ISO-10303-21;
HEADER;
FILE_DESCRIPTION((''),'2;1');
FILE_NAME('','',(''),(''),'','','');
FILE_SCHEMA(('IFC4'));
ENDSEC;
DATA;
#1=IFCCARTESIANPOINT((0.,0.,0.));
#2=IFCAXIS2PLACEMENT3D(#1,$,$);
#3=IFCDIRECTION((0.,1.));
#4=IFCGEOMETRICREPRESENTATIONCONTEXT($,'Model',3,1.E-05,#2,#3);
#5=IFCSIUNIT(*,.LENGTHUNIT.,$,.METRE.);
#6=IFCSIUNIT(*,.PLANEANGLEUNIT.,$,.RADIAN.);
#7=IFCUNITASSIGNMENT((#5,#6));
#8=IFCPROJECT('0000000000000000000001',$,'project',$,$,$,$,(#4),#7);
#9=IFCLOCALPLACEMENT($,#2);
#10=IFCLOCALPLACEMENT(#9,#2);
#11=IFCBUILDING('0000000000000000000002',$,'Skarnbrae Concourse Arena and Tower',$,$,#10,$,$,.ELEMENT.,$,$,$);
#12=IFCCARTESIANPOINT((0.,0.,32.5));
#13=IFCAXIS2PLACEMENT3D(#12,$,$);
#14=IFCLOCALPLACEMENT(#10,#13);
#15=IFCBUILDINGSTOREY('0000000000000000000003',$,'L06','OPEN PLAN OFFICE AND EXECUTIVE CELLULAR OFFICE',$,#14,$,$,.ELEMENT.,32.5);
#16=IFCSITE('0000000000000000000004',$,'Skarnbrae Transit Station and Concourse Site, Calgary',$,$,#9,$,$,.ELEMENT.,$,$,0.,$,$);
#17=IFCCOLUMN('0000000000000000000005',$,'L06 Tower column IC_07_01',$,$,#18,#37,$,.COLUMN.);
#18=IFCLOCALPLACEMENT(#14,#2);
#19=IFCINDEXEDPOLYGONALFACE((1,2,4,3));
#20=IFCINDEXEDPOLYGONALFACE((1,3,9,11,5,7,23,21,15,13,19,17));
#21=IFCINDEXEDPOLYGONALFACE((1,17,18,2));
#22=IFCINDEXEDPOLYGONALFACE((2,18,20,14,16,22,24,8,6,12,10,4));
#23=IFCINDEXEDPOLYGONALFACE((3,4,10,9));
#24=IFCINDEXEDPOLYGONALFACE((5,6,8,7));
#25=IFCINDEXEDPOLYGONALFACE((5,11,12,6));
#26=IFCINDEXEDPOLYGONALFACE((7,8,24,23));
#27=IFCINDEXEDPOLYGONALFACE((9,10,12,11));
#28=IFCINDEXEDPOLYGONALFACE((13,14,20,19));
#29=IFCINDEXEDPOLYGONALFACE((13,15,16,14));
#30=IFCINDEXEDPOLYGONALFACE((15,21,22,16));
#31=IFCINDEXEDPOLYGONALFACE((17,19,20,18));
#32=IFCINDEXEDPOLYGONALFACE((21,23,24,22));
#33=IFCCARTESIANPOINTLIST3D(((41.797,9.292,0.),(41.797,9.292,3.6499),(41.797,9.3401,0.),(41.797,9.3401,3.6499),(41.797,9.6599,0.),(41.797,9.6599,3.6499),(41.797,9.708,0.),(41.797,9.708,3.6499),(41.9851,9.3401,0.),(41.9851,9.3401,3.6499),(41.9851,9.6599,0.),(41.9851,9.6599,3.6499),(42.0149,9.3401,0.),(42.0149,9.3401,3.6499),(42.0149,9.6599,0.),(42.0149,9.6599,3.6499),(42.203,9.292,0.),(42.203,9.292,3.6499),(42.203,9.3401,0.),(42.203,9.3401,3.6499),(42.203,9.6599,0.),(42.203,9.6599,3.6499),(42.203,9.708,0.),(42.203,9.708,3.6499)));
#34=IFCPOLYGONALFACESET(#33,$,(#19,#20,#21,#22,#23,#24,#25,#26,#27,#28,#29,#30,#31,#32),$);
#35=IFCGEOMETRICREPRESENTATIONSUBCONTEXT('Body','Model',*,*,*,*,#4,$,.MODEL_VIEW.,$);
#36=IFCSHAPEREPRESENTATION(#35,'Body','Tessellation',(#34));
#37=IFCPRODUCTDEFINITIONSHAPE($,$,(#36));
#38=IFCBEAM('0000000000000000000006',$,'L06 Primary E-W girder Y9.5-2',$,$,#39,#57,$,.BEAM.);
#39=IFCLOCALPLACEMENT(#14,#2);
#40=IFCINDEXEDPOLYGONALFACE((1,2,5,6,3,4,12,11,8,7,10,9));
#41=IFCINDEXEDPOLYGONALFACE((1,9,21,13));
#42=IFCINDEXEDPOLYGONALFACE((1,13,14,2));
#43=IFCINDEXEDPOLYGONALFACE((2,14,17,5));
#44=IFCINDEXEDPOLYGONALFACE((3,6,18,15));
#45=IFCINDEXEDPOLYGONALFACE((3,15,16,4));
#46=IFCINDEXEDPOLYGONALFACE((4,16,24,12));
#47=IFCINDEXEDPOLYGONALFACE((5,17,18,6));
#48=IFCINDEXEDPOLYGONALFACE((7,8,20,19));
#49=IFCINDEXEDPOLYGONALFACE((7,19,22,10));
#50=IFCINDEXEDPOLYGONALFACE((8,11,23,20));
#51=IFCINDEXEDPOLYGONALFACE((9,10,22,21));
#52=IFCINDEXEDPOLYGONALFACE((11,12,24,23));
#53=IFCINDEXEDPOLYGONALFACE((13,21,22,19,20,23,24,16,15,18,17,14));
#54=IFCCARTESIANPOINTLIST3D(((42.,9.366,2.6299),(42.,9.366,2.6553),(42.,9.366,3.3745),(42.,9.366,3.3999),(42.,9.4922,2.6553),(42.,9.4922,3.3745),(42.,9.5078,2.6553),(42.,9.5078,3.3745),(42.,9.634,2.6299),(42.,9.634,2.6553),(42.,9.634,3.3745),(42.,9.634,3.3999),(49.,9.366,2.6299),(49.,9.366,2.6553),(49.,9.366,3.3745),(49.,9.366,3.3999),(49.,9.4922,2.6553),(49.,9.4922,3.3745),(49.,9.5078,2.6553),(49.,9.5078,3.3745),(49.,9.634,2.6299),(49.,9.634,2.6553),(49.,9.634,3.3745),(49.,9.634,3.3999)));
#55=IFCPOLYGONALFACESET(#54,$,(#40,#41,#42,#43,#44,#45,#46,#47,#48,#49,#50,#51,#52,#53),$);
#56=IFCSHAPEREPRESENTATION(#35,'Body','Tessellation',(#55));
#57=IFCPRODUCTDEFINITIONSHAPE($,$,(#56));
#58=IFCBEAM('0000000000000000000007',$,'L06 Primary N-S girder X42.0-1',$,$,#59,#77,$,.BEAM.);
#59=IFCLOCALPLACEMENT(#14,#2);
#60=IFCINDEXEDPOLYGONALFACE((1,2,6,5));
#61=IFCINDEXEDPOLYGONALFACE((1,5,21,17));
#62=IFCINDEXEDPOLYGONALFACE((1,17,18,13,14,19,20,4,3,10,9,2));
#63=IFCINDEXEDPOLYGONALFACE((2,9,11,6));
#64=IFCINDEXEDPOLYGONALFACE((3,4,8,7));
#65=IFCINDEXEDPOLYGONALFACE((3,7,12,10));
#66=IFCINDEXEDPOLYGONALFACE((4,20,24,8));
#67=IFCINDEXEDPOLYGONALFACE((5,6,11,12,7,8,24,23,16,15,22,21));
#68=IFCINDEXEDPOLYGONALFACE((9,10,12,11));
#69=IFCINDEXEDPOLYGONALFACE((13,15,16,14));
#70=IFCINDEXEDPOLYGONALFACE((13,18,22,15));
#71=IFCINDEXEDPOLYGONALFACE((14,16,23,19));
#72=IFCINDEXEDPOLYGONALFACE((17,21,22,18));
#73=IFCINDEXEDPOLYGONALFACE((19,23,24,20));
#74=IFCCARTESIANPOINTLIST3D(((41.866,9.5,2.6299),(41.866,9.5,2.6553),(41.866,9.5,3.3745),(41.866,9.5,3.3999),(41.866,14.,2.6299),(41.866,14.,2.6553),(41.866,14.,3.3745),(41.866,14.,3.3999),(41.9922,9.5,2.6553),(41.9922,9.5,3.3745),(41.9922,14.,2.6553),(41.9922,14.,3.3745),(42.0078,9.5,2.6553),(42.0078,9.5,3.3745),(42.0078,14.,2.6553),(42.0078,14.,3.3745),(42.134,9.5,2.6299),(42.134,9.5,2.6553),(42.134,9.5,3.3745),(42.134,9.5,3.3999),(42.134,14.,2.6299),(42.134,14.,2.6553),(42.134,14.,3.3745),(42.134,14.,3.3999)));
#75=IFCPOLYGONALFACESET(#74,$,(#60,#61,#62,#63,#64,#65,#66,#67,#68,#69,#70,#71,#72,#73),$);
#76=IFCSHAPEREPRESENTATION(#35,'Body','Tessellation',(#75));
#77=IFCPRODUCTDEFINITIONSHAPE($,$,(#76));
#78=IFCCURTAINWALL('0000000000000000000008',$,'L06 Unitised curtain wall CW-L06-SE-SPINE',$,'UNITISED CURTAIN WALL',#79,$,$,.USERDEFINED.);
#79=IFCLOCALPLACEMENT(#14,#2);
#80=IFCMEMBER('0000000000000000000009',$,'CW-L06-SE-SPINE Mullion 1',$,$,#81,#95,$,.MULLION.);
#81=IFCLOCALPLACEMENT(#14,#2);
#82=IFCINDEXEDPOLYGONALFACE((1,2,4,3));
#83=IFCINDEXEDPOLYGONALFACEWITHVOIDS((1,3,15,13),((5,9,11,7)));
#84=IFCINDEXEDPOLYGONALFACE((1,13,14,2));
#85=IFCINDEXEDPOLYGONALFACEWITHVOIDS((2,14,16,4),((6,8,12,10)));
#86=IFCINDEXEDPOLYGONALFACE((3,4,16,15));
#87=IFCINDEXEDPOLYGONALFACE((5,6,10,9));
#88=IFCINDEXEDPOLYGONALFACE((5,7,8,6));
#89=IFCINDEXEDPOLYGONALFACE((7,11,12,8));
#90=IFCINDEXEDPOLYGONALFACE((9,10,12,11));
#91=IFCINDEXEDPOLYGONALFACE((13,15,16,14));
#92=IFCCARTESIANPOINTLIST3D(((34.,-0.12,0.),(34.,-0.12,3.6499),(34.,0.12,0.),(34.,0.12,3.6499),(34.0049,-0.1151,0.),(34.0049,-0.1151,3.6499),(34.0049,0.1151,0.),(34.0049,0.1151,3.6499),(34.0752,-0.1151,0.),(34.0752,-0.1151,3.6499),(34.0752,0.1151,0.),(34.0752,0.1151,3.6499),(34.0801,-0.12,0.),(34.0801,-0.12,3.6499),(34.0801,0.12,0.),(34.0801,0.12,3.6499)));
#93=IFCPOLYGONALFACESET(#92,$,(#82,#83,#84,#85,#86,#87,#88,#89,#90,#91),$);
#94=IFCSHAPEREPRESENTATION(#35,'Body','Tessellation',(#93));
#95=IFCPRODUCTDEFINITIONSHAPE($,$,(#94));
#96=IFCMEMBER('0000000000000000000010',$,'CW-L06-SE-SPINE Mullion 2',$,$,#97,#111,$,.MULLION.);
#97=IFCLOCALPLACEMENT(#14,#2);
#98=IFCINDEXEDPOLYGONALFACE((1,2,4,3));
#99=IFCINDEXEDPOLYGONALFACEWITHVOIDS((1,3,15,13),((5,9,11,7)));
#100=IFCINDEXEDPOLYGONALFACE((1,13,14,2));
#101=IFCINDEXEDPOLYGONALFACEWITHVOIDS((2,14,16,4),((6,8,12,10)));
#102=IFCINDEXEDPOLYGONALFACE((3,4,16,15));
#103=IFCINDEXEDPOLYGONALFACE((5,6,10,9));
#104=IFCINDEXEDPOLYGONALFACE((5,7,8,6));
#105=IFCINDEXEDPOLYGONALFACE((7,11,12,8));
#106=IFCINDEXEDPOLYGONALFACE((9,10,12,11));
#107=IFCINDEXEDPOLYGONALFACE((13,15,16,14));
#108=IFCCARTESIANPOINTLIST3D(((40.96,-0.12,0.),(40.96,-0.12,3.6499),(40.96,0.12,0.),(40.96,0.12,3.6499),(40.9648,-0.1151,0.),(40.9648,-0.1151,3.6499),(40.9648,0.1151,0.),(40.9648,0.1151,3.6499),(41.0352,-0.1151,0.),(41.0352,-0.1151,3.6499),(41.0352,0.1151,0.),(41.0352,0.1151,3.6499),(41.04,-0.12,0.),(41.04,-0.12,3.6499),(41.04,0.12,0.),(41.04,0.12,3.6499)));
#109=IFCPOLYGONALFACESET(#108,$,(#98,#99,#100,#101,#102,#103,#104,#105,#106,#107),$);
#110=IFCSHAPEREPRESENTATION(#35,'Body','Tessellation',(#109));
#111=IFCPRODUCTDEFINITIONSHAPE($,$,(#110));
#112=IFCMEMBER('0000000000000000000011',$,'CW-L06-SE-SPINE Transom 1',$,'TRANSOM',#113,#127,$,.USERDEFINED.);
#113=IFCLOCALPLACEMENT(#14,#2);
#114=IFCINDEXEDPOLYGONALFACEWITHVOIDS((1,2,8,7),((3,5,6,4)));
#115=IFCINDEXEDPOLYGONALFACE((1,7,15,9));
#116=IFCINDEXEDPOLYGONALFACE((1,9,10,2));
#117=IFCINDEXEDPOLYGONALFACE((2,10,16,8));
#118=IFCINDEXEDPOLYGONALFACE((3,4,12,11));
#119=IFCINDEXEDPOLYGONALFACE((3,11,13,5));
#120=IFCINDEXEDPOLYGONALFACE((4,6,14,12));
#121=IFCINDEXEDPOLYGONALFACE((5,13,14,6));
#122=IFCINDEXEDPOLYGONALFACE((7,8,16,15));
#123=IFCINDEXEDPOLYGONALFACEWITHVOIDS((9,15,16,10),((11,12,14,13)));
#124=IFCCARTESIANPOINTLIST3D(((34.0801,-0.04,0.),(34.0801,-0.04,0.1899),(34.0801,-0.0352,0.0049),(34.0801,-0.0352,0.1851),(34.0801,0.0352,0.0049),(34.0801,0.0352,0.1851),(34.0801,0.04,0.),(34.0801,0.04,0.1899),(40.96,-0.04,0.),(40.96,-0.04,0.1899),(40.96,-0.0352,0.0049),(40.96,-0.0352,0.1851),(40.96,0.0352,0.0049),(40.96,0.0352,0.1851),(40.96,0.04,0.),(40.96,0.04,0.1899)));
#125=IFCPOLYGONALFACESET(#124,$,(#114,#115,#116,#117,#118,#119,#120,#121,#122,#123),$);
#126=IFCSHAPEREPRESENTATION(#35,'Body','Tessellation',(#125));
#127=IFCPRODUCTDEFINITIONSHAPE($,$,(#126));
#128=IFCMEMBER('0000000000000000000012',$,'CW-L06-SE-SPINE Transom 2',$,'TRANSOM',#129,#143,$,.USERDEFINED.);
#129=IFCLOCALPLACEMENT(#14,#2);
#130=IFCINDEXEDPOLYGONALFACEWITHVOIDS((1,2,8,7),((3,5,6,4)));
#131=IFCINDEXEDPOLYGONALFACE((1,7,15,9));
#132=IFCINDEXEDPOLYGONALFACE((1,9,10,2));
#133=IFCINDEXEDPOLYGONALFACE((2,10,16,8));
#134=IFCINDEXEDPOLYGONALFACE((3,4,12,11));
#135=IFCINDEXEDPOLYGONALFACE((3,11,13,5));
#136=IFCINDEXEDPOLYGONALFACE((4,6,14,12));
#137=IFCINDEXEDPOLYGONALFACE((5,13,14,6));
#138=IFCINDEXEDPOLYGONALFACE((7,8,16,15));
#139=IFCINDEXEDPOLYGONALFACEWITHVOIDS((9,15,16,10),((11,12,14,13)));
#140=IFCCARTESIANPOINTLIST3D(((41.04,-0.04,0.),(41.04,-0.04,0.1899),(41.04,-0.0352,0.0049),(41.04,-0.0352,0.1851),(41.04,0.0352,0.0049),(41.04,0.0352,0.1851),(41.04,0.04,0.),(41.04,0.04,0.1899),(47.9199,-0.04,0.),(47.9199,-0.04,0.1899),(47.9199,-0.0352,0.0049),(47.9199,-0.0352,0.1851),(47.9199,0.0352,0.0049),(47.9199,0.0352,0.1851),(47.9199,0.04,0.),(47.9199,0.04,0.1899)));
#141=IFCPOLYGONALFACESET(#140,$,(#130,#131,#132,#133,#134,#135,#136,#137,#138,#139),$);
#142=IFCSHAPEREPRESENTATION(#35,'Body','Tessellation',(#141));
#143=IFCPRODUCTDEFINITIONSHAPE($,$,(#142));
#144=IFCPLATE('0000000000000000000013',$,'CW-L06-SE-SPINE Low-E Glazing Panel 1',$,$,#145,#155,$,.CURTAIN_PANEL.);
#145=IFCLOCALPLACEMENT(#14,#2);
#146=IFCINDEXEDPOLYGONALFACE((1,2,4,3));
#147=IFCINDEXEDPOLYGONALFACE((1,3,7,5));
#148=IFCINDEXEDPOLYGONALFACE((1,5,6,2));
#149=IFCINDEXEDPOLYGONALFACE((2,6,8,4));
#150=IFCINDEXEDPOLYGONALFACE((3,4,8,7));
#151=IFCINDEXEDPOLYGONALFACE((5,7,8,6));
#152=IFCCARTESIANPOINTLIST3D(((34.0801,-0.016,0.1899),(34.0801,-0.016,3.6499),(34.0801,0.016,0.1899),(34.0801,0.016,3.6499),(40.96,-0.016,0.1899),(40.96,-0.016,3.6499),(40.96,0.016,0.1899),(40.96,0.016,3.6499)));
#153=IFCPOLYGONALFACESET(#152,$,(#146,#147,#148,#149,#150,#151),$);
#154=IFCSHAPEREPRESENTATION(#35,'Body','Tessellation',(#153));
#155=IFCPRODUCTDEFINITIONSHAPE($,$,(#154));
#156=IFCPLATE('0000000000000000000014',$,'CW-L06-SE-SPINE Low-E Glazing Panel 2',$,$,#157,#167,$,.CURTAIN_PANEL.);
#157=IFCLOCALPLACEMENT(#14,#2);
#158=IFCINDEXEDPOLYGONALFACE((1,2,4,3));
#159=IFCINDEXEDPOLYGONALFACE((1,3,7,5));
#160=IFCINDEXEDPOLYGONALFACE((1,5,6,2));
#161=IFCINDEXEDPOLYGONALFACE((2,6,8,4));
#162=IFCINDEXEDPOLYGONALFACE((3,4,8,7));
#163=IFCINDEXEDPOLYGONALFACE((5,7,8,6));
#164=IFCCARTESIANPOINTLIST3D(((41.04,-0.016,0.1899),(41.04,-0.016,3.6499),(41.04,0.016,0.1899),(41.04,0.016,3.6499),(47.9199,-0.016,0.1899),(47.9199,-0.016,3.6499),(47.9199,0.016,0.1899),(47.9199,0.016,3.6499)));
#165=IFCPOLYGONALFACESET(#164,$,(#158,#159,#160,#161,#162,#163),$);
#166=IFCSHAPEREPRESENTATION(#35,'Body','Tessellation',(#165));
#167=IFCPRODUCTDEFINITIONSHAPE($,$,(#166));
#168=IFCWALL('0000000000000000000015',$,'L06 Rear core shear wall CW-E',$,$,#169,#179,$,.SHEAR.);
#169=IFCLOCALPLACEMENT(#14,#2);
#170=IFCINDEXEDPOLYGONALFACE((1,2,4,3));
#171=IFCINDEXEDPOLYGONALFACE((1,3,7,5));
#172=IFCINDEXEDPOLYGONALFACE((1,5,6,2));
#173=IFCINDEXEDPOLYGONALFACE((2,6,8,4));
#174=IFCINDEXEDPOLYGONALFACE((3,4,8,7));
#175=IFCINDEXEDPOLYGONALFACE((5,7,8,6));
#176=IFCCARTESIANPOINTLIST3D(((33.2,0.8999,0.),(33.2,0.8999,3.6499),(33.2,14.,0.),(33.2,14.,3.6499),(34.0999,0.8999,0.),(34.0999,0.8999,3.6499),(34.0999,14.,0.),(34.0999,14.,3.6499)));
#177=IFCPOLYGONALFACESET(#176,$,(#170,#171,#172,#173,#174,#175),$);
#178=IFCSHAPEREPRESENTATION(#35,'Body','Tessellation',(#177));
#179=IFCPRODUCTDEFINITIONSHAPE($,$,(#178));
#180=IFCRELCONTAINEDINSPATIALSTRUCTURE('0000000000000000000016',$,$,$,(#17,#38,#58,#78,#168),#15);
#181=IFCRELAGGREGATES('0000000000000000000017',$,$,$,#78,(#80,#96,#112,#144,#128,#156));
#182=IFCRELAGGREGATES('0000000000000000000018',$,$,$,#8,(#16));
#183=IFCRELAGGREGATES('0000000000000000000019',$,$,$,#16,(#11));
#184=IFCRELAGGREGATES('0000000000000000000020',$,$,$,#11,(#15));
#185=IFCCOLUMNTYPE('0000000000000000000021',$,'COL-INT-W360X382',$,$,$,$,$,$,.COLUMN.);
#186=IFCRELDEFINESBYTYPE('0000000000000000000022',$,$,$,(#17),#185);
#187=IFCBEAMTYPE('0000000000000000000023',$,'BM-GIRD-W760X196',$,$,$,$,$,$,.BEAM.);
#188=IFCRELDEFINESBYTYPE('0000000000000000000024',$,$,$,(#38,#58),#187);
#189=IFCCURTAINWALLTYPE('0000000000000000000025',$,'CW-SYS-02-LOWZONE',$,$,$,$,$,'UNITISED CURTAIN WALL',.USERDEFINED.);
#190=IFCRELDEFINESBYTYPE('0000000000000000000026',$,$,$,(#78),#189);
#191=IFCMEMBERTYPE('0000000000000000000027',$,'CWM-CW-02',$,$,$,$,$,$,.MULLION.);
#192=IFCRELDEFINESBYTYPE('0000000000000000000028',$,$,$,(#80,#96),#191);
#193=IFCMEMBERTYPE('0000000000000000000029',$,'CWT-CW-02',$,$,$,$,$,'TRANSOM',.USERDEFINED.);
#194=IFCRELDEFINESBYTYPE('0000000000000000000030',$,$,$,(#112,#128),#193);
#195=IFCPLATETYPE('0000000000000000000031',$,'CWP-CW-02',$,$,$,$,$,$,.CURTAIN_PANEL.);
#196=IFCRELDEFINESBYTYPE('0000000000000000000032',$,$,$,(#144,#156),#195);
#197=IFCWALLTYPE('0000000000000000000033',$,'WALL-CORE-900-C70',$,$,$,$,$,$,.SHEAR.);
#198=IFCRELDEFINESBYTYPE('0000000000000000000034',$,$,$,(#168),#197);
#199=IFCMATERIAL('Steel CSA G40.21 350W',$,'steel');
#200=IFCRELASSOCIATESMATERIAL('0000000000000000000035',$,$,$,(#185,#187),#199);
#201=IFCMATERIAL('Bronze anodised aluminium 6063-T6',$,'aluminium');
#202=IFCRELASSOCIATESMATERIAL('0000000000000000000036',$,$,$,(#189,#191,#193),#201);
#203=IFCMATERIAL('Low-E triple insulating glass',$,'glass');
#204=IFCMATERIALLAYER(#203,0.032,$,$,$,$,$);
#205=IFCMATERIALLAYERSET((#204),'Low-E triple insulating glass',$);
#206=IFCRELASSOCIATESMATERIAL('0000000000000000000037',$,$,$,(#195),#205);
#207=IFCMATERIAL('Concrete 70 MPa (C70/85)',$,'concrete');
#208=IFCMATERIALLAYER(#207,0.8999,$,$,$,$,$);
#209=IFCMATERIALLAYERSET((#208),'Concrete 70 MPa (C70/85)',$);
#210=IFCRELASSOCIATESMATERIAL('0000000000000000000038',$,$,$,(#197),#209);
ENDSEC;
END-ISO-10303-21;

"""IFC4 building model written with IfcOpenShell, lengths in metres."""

from ifc_helpers import new_model, si_unit, direction, frame, frame_2d, origin, origin_2d, place, context, subcontext, project, spatial, rectangle, hollow_rectangle, i_section, extrude, source, transform, mapped, material, layer, layer_set, material_profile, profile_set, type_object, element, aggregate, save


model = new_model("IFC4")

# Units and contexts
model_context = context("Model", 3, precision=1e-05, world=origin(), true_north=direction((0.0, 1.0)))
body_context = subcontext(model_context, "Body", "Model", "MODEL_VIEW")
ifc_project = project(units=[si_unit("LENGTHUNIT", "METRE"), si_unit("PLANEANGLEUNIT", "RADIAN")], contexts=[model_context])

# Site, building, storey
site_placement = place(None, origin())
site = spatial("IfcSite", under=ifc_project, at=site_placement, Name="Skarnbrae Transit Station and Concourse Site, Calgary", CompositionType="ELEMENT", RefElevation=0.0)
building_placement = place(site_placement, origin())
building = spatial("IfcBuilding", under=site, at=building_placement, Name="Skarnbrae Concourse Arena and Tower", CompositionType="ELEMENT")
storey_placement = place(building_placement, frame((0.0, 0.0, 32.5)))
storey = spatial("IfcBuildingStorey", under=building, at=storey_placement, Name="L06", Description="OPEN PLAN OFFICE AND EXECUTIVE CELLULAR OFFICE", CompositionType="ELEMENT", Elevation=32.5)

# Column
ifc_material_1 = material(Name="Steel CSA G40.21 350W", Category="steel")
ifc_material_profile_1 = material_profile(ifc_material_1, i_section(OverallWidth=0.406, OverallDepth=0.416, WebThickness=0.0298, FlangeThickness=0.0481, at=origin_2d()), Name="W360X382")
ifc_profile_set_1 = profile_set([ifc_material_profile_1], Name="Steel CSA G40.21 350W")
column_type = type_object("IfcColumnType", Name="COL-INT-W360X382", PredefinedType="COLUMN", material=ifc_profile_set_1)
shared_shape_1 = source(origin(), body_context, "Body", "SweptSolid", [
    extrude(i_section(OverallWidth=0.406, OverallDepth=0.416, WebThickness=0.0298, FlangeThickness=0.0481, at=origin_2d()), origin(), (0.0, 0.0, 1.0), 3.6499),
])
column_placement = place(storey_placement, frame((42.0, 9.5, 0.0), z_axis=(0.0, 0.0, 1.0), x_axis=(1.0, 0.0, 0.0)))
element("IfcColumn", 1, at=column_placement, inside=storey, type_object=column_type, Name="L06 Tower column IC_07_01", PredefinedType="COLUMN", context=body_context, shape_type="MappedRepresentation", body=[
    mapped(shared_shape_1, transform((0.0, 0.0, 0.0))),
])

# Beams
ifc_material_profile_2 = material_profile(ifc_material_1, i_section(OverallWidth=0.2681, OverallDepth=0.77, WebThickness=0.0156, FlangeThickness=0.0254, at=origin_2d()), Name="W760X196")
ifc_profile_set_2 = profile_set([ifc_material_profile_2], Name="Steel CSA G40.21 350W")
beam_type = type_object("IfcBeamType", Name="BM-GIRD-W760X196", PredefinedType="BEAM", material=ifc_profile_set_2)
shared_shape_2 = source(origin(), body_context, "Body", "SweptSolid", [
    extrude(i_section(OverallWidth=0.2681, OverallDepth=0.77, WebThickness=0.0156, FlangeThickness=0.0254, at=origin_2d()), origin(), (0.0, 0.0, 1.0), 7.0),
])
beam_1_placement = place(storey_placement, frame((42.0, 9.5, 3.0149), z_axis=(1.0, 0.0, 0.0), x_axis=(0.0, 1.0, 0.0)))
element("IfcBeam", 2, at=beam_1_placement, inside=storey, type_object=beam_type, Name="L06 Primary E-W girder Y9.5-2", PredefinedType="BEAM", context=body_context, shape_type="MappedRepresentation", body=[
    mapped(shared_shape_2, transform((0.0, 0.0, 0.0))),
])
shared_shape_3 = source(origin(), body_context, "Body", "SweptSolid", [
    extrude(i_section(OverallWidth=0.2681, OverallDepth=0.77, WebThickness=0.0156, FlangeThickness=0.0254, at=origin_2d()), origin(), (0.0, 0.0, 1.0), 4.5),
])
beam_2_placement = place(storey_placement, frame((42.0, 9.5, 3.0149), z_axis=(0.0, 1.0, 0.0), x_axis=(-1.0, 0.0, 0.0)))
element("IfcBeam", 3, at=beam_2_placement, inside=storey, type_object=beam_type, Name="L06 Primary N-S girder X42.0-1", PredefinedType="BEAM", context=body_context, shape_type="MappedRepresentation", body=[
    mapped(shared_shape_3, transform((0.0, 0.0, 0.0))),
])

# Curtain wall, members, plates
ifc_material_2 = material(Name="Bronze anodised aluminium 6063-T6", Category="aluminium")
curtain_wall_type = type_object("IfcCurtainWallType", Name="CW-SYS-02-LOWZONE", ElementType="UNITISED CURTAIN WALL", PredefinedType="USERDEFINED", material=ifc_material_2)
curtain_wall_placement = place(storey_placement, origin())
curtain_wall = element("IfcCurtainWall", 4, at=curtain_wall_placement, inside=storey, type_object=curtain_wall_type, Name="L06 Unitised curtain wall CW-L06-SE-SPINE", ObjectType="UNITISED CURTAIN WALL", PredefinedType="USERDEFINED")
ifc_material_profile_3 = material_profile(ifc_material_2, hollow_rectangle(XDim=0.0801, YDim=0.24, WallThickness=0.0049, at=origin_2d()), Name="ALU-MULL-80X240")
ifc_profile_set_3 = profile_set([ifc_material_profile_3], Name="Bronze anodised aluminium 6063-T6")
member_type_1 = type_object("IfcMemberType", Name="CWM-CW-02", PredefinedType="MULLION", material=ifc_profile_set_3)
shared_shape_4 = source(origin(), body_context, "Body", "SweptSolid", [
    extrude(hollow_rectangle(XDim=0.0801, YDim=0.24, WallThickness=0.0049, at=origin_2d()), origin(), (0.0, 0.0, 1.0), 3.6499),
])
member_1_placement = place(storey_placement, frame((34.04, 0.0, 0.0), z_axis=(0.0, 0.0, 1.0), x_axis=(1.0, 0.0, 0.0)))
member_1 = element("IfcMember", 5, at=member_1_placement, type_object=member_type_1, Name="CW-L06-SE-SPINE Mullion 1", PredefinedType="MULLION", context=body_context, shape_type="MappedRepresentation", body=[
    mapped(shared_shape_4, transform((0.0, 0.0, 0.0))),
])
member_2_placement = place(storey_placement, frame((41.0, 0.0, 0.0), z_axis=(0.0, 0.0, 1.0), x_axis=(1.0, 0.0, 0.0)))
member_2 = element("IfcMember", 6, at=member_2_placement, type_object=member_type_1, Name="CW-L06-SE-SPINE Mullion 2", PredefinedType="MULLION", context=body_context, shape_type="MappedRepresentation", body=[
    mapped(shared_shape_4, transform((0.0, 0.0, 0.0))),
])
ifc_material_profile_4 = material_profile(ifc_material_2, hollow_rectangle(XDim=0.0801, YDim=0.1899, WallThickness=0.0049, at=origin_2d()), Name="ALU-TRAN-80X190")
ifc_profile_set_4 = profile_set([ifc_material_profile_4], Name="Bronze anodised aluminium 6063-T6")
member_type_2 = type_object("IfcMemberType", Name="CWT-CW-02", ElementType="TRANSOM", PredefinedType="USERDEFINED", material=ifc_profile_set_4)
shared_shape_5 = source(origin(), body_context, "Body", "SweptSolid", [
    extrude(hollow_rectangle(XDim=0.0801, YDim=0.1899, WallThickness=0.0049, at=origin_2d()), origin(), (0.0, 0.0, 1.0), 6.8799),
])
member_3_placement = place(storey_placement, frame((34.0801, 0.0, 0.095), z_axis=(1.0, 0.0, 0.0), x_axis=(0.0, 1.0, 0.0)))
member_3 = element("IfcMember", 7, at=member_3_placement, type_object=member_type_2, Name="CW-L06-SE-SPINE Transom 1", ObjectType="TRANSOM", PredefinedType="USERDEFINED", context=body_context, shape_type="MappedRepresentation", body=[
    mapped(shared_shape_5, transform((0.0, 0.0, 0.0))),
])
member_4_placement = place(storey_placement, frame((41.04, 0.0, 0.095), z_axis=(1.0, 0.0, 0.0), x_axis=(0.0, 1.0, 0.0)))
member_4 = element("IfcMember", 8, at=member_4_placement, type_object=member_type_2, Name="CW-L06-SE-SPINE Transom 2", ObjectType="TRANSOM", PredefinedType="USERDEFINED", context=body_context, shape_type="MappedRepresentation", body=[
    mapped(shared_shape_5, transform((0.0, 0.0, 0.0))),
])
ifc_material_3 = material(Name="Low-E triple insulating glass", Category="glass")
ifc_layer_1 = layer(ifc_material_3, 0.032)
ifc_layer_set_1 = layer_set([ifc_layer_1], Name="Low-E triple insulating glass")
plate_type = type_object("IfcPlateType", Name="CWP-CW-02", PredefinedType="CURTAIN_PANEL", material=ifc_layer_set_1)
shared_shape_6 = source(origin(), body_context, "Body", "SweptSolid", [
    extrude(rectangle(XDim=6.8799, YDim=0.032, at=origin_2d()), origin(), (0.0, 0.0, 1.0), 3.46),
])
plate_1_placement = place(storey_placement, frame((37.52, 0.0, 0.1899), z_axis=(0.0, 0.0, 1.0), x_axis=(1.0, 0.0, 0.0)))
plate_1 = element("IfcPlate", 9, at=plate_1_placement, type_object=plate_type, Name="CW-L06-SE-SPINE Low-E Glazing Panel 1", PredefinedType="CURTAIN_PANEL", context=body_context, shape_type="MappedRepresentation", body=[
    mapped(shared_shape_6, transform((0.0, 0.0, 0.0))),
])
plate_2_placement = place(storey_placement, frame((44.48, 0.0, 0.1899), z_axis=(0.0, 0.0, 1.0), x_axis=(1.0, 0.0, 0.0)))
plate_2 = element("IfcPlate", 10, at=plate_2_placement, type_object=plate_type, Name="CW-L06-SE-SPINE Low-E Glazing Panel 2", PredefinedType="CURTAIN_PANEL", context=body_context, shape_type="MappedRepresentation", body=[
    mapped(shared_shape_6, transform((0.0, 0.0, 0.0))),
])
aggregate(curtain_wall, [member_1, member_2, member_3, plate_1, member_4, plate_2])

# Wall
ifc_material_4 = material(Name="Concrete 70 MPa (C70/85)", Category="concrete")
ifc_layer_2 = layer(ifc_material_4, 0.8999)
ifc_layer_set_2 = layer_set([ifc_layer_2], Name="Concrete 70 MPa (C70/85)")
wall_type_1 = type_object("IfcWallType", Name="WALL-CORE-900-C70", PredefinedType="SHEAR", material=ifc_layer_set_2)
shared_shape_7 = source(origin(), body_context, "Body", "SweptSolid", [
    extrude(rectangle(XDim=13.1001, YDim=0.8999, at=frame_2d((6.55, 0.0))), origin(), (0.0, 0.0, 1.0), 3.6499),
])
wall_1_placement = place(storey_placement, frame((33.6499, 0.8999, 0.0), z_axis=(0.0, 0.0, 1.0), x_axis=(0.0, 1.0, 0.0)))
element("IfcWall", 11, at=wall_1_placement, inside=storey, type_object=wall_type_1, Name="L06 Rear core shear wall CW-E", PredefinedType="SHEAR", context=body_context, shape_type="MappedRepresentation", body=[
    mapped(shared_shape_7, transform((0.0, 0.0, 0.0))),
])

save(model, "model.ifc")
